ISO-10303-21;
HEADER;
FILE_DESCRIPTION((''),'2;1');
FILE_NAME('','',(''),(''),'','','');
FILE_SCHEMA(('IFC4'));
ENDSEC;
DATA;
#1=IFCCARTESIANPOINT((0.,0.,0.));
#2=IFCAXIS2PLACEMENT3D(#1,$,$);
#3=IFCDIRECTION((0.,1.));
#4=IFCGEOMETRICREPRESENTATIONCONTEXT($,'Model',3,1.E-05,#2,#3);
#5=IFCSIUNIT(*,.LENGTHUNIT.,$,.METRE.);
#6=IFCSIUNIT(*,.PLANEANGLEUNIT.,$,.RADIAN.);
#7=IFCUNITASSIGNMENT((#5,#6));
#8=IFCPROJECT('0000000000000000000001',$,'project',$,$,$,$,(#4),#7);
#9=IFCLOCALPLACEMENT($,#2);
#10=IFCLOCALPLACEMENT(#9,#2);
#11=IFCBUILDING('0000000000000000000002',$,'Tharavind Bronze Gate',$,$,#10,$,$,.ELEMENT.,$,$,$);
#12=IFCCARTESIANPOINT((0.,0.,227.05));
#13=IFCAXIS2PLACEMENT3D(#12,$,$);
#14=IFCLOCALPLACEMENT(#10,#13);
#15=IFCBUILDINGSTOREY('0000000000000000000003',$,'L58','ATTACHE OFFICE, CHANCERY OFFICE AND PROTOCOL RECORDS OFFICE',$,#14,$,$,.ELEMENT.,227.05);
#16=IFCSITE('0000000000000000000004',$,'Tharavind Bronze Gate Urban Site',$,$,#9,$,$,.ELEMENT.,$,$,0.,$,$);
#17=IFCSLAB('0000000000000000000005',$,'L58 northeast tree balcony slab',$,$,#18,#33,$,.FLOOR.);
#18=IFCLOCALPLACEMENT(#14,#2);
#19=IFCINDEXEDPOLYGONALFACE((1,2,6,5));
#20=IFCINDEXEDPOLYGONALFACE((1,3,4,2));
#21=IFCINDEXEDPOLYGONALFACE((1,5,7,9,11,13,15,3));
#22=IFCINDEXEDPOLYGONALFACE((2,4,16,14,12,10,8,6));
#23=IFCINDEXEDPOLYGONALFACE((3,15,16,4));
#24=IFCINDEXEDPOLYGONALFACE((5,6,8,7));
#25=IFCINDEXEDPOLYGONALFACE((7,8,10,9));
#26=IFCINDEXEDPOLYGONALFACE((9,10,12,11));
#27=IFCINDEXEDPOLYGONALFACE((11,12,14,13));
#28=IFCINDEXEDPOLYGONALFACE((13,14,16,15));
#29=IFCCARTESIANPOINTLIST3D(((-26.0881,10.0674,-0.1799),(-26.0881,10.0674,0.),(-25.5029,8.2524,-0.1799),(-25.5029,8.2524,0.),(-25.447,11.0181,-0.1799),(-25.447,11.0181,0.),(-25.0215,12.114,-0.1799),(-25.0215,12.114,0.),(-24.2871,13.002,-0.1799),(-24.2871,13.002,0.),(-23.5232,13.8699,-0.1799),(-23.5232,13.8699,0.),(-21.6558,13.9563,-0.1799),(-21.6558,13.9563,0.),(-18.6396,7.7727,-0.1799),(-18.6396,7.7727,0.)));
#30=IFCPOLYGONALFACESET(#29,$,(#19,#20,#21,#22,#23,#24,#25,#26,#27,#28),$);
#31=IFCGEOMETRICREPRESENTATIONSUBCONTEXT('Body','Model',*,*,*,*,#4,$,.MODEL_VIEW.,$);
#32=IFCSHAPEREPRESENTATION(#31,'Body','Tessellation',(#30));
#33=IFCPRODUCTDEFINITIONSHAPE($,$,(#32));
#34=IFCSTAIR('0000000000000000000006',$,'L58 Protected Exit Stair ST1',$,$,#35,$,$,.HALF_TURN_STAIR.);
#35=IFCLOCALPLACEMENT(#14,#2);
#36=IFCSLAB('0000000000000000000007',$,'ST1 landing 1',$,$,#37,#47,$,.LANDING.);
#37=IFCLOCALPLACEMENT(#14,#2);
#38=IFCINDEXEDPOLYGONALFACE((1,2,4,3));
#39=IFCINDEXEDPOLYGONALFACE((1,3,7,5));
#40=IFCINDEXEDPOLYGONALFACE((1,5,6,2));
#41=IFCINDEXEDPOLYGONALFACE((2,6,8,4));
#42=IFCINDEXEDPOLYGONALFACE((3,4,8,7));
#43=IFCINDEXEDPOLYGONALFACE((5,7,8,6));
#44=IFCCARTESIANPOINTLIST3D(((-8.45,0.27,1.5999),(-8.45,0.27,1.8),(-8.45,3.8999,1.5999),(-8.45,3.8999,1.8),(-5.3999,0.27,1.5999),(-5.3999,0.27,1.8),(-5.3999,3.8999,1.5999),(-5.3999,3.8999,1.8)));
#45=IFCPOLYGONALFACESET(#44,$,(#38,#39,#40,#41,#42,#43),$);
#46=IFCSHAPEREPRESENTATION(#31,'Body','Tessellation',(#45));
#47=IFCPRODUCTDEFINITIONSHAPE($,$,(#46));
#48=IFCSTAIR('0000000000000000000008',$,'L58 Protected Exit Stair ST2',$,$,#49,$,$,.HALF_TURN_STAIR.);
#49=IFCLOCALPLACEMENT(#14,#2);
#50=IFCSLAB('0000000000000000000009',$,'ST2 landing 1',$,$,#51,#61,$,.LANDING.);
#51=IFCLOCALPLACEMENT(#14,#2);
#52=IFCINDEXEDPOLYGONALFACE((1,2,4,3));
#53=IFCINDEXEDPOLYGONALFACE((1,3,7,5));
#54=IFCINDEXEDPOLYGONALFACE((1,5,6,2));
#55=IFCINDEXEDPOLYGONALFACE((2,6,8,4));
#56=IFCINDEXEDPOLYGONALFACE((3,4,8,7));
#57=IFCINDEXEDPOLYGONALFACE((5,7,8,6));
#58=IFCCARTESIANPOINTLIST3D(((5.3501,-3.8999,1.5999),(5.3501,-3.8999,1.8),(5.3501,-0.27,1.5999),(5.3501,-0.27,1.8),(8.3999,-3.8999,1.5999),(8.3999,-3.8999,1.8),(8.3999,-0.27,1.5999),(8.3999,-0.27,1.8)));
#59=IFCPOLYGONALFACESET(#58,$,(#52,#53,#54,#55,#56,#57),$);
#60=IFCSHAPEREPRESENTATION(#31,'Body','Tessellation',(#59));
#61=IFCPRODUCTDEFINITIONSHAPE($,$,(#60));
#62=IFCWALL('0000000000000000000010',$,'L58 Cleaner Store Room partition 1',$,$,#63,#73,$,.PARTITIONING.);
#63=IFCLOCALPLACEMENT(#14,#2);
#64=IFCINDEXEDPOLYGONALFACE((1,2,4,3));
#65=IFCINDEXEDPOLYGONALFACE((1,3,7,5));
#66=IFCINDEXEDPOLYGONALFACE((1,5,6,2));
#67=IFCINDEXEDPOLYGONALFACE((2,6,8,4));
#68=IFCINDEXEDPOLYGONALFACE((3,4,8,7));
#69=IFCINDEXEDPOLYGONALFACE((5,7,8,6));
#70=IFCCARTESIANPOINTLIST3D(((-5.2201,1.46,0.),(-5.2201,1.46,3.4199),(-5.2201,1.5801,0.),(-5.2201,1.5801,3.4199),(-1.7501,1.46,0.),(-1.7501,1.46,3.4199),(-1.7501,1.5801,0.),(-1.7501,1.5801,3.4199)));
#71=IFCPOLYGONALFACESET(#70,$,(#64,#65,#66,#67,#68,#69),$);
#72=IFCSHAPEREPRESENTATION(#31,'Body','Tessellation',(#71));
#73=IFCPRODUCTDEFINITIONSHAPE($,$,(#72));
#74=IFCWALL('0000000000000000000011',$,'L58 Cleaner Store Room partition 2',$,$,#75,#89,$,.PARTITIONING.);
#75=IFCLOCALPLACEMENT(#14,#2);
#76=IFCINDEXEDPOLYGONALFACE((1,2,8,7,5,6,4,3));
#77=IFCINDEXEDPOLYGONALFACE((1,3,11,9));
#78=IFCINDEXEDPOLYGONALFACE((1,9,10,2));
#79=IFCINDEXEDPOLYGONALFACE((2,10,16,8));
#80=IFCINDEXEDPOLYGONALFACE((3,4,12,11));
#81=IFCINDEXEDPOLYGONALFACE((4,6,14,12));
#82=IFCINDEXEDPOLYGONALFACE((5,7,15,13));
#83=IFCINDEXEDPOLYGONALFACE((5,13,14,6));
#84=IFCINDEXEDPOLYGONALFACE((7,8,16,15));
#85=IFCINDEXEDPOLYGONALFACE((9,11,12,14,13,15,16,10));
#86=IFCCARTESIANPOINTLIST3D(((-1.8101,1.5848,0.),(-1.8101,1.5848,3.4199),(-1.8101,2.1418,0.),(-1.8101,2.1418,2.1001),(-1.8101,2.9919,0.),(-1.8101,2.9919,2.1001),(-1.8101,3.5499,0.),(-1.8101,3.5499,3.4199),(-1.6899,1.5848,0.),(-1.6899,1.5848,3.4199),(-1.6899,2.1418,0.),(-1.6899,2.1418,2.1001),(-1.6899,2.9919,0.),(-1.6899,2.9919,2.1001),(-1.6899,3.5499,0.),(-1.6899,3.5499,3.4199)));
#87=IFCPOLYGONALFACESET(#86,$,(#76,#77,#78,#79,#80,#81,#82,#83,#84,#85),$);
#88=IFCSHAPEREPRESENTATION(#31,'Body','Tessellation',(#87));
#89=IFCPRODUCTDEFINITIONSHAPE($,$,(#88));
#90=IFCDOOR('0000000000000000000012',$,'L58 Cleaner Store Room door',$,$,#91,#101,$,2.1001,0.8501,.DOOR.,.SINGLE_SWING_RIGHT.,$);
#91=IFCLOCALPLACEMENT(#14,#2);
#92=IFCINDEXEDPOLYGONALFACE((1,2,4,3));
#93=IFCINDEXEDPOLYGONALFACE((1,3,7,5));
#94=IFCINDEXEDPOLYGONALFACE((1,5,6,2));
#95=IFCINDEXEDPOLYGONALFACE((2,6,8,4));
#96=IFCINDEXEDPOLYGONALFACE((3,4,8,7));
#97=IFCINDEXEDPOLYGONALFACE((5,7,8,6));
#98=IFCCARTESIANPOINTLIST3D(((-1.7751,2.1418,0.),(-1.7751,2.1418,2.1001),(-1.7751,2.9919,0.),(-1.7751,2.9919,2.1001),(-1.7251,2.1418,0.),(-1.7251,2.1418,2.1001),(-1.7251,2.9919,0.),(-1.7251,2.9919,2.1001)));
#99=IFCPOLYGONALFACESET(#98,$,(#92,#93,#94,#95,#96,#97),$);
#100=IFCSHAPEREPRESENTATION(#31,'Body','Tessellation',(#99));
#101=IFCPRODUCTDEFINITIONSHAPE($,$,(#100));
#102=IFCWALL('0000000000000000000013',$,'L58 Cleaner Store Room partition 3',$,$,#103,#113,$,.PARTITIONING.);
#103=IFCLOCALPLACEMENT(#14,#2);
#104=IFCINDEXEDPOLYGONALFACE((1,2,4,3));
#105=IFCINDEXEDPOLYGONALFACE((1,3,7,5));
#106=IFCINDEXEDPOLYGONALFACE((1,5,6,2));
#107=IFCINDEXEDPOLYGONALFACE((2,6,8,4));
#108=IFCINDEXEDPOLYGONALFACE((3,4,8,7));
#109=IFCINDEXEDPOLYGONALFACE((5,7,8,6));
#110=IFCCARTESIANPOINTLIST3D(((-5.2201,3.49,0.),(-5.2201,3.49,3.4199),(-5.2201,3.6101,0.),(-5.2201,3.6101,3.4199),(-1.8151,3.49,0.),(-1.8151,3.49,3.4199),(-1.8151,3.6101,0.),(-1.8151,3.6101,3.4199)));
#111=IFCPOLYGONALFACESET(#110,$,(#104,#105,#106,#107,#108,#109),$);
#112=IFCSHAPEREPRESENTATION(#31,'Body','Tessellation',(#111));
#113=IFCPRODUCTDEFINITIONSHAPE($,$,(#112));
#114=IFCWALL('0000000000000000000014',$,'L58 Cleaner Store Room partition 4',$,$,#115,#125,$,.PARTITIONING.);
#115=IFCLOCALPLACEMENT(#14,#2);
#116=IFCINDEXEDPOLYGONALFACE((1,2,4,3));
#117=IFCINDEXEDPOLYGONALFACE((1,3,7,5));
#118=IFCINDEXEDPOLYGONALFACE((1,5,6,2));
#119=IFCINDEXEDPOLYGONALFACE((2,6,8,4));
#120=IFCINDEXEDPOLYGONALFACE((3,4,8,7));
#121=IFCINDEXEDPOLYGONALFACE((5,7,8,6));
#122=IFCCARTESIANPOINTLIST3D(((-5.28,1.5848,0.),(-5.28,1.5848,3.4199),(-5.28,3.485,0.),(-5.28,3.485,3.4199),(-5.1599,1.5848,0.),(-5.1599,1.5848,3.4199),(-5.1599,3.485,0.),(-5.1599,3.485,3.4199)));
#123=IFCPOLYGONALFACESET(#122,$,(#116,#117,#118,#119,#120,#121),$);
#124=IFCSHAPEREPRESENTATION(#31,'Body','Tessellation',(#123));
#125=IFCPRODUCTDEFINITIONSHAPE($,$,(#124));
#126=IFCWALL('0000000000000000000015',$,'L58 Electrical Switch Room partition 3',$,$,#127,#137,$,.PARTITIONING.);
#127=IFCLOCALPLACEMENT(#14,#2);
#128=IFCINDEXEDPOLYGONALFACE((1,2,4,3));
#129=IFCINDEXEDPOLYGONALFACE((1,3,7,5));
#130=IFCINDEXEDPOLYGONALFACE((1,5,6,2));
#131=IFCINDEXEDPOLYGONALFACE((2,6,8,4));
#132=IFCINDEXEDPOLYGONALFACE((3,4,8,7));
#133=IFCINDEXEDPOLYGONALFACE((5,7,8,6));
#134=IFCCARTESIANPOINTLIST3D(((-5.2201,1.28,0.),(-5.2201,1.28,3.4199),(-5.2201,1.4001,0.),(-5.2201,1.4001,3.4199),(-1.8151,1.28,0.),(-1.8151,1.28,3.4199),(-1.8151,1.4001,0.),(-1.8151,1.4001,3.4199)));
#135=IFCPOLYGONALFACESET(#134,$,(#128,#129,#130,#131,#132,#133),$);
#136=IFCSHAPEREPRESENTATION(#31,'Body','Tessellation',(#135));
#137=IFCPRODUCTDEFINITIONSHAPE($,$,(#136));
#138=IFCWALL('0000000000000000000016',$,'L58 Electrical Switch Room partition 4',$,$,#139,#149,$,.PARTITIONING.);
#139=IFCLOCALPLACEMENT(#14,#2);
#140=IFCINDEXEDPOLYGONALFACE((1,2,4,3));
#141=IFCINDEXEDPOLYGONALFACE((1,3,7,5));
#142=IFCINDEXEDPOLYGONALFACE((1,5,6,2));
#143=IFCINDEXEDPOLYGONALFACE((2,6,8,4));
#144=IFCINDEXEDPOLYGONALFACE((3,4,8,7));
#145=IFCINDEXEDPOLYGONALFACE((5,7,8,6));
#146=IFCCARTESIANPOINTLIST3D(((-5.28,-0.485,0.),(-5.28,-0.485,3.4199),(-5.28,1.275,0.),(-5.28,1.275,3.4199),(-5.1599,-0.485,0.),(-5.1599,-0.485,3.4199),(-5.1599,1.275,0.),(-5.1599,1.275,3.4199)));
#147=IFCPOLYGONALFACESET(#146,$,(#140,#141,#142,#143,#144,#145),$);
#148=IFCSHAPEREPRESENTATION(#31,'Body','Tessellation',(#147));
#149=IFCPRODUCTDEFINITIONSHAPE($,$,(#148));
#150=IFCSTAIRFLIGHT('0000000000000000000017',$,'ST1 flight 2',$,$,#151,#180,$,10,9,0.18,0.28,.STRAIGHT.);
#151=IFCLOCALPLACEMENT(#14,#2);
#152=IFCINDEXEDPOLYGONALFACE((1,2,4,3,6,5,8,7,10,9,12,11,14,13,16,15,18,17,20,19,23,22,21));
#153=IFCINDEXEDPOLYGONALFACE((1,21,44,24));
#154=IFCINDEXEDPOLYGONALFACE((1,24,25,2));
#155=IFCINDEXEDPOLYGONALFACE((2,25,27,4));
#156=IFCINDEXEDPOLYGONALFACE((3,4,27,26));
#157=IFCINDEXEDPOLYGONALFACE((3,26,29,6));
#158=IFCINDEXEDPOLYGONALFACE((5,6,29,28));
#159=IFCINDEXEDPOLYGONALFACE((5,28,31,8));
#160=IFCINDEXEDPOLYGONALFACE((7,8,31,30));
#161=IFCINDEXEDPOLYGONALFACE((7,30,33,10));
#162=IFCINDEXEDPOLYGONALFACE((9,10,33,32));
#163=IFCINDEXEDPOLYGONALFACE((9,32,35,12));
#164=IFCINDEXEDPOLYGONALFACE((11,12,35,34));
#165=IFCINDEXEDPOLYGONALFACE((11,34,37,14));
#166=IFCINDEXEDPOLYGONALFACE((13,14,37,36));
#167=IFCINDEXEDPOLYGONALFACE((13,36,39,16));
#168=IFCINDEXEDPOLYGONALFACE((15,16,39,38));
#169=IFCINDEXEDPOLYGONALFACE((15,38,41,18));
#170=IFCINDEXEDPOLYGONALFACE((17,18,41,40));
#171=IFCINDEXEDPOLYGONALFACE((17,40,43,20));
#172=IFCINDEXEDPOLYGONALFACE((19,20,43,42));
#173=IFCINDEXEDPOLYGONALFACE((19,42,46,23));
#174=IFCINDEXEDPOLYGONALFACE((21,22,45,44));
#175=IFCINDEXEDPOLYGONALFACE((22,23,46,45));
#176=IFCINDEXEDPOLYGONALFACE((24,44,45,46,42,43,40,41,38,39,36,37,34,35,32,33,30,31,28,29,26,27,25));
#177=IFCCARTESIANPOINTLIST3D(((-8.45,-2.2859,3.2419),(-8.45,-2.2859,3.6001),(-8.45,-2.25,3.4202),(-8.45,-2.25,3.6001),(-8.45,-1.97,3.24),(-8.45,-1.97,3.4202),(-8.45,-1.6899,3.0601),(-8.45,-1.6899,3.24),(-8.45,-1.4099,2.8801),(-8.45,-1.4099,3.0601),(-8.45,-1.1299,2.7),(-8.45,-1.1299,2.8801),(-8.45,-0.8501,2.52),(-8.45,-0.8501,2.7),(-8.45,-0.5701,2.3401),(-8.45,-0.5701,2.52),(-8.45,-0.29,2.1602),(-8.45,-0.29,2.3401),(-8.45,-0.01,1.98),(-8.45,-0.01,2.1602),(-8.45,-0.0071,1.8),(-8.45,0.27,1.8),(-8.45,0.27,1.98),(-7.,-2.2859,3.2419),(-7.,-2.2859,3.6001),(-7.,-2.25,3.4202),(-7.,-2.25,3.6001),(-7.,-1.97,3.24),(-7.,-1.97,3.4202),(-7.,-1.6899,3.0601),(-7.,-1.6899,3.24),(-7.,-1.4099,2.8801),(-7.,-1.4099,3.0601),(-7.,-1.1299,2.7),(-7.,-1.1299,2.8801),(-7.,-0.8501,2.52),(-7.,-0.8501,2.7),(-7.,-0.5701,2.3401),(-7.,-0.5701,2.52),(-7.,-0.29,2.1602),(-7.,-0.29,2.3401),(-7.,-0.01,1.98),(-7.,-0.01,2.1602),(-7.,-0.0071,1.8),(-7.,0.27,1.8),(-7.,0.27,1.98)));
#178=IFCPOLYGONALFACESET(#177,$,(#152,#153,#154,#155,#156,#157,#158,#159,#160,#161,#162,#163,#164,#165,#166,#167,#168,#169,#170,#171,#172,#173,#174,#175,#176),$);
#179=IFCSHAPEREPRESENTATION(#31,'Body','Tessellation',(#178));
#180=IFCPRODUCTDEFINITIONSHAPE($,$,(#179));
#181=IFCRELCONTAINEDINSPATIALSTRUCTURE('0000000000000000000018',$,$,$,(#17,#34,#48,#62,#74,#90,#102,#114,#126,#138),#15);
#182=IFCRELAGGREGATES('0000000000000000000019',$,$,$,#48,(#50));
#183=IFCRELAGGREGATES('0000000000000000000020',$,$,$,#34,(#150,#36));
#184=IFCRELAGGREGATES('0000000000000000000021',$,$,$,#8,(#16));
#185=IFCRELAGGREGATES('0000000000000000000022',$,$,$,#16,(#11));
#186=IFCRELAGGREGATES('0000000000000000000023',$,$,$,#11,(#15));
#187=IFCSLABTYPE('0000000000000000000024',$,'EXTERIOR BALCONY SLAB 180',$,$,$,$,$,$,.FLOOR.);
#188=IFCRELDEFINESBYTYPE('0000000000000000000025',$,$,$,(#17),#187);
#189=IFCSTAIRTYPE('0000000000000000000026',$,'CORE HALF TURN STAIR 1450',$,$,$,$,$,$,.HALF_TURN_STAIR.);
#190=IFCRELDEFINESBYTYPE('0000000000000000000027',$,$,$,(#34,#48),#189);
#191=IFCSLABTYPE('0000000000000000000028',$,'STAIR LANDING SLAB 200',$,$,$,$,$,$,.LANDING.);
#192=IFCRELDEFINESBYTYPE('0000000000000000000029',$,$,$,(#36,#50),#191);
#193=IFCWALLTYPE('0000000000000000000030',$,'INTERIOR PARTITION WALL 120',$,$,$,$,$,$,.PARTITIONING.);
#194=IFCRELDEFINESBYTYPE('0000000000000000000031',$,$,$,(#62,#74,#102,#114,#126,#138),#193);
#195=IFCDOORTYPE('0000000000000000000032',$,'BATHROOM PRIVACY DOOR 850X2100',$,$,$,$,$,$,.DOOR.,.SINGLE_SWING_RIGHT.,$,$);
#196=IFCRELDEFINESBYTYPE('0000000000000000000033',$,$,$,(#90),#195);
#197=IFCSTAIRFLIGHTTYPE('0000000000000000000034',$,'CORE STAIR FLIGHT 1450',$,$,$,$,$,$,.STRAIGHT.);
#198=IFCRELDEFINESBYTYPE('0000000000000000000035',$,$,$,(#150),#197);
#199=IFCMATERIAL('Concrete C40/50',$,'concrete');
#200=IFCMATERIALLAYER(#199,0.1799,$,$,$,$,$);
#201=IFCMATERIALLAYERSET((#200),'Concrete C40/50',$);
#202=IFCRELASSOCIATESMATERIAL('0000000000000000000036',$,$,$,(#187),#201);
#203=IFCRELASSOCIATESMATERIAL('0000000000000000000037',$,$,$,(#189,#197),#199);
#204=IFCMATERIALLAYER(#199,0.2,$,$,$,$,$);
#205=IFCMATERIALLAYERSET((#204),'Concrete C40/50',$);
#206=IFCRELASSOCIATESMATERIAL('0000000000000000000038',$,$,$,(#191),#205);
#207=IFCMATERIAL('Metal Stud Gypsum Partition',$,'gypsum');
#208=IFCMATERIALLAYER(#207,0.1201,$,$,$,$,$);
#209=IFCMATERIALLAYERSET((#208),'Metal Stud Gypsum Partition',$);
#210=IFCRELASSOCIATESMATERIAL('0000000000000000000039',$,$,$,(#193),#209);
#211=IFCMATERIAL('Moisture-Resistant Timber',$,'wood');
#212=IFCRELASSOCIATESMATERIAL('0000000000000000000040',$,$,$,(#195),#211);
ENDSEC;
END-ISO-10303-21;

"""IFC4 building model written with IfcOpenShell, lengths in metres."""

from ifc_helpers import new_model, si_unit, direction, frame, frame_2d, origin, place, context, subcontext, project, spatial, polyline, rectangle, outline, extrude, material, layer, layer_set, type_object, element, fill, aggregate, save


model = new_model("IFC4")

# Units and contexts
model_context = context("Model", 3, precision=1e-05, world=origin(), true_north=direction((0.0, 1.0)))
body_context = subcontext(model_context, "Body", "Model", "MODEL_VIEW")
ifc_project = project(units=[si_unit("LENGTHUNIT", "METRE"), si_unit("PLANEANGLEUNIT", "RADIAN")], contexts=[model_context])

# Site, building, storey
site_placement = place(None, origin())
site = spatial("IfcSite", under=ifc_project, at=site_placement, Name="Tharavind Bronze Gate Urban Site", CompositionType="ELEMENT", RefElevation=0.0)
building_placement = place(site_placement, origin())
building = spatial("IfcBuilding", under=site, at=building_placement, Name="Tharavind Bronze Gate", CompositionType="ELEMENT")
storey_placement = place(building_placement, frame((0.0, 0.0, 227.05)))
storey = spatial("IfcBuildingStorey", under=building, at=storey_placement, Name="L58", Description="ATTACHE OFFICE, CHANCERY OFFICE AND PROTOCOL RECORDS OFFICE", CompositionType="ELEMENT", Elevation=227.05)

# Slab
ifc_material_1 = material(Name="Concrete C40/50", Category="concrete")
ifc_layer_1 = layer(ifc_material_1, 0.1799)
ifc_layer_set_1 = layer_set([ifc_layer_1], Name="Concrete C40/50")
slab_type_1 = type_object("IfcSlabType", Name="EXTERIOR BALCONY SLAB 180", PredefinedType="FLOOR", material=ifc_layer_set_1)
slab_1_placement = place(storey_placement, frame((0.0, 0.0, -0.1799)))
element("IfcSlab", 1, at=slab_1_placement, inside=storey, type_object=slab_type_1, Name="L58 northeast tree balcony slab", PredefinedType="FLOOR", context=body_context, shape_type="SweptSolid", body=[
    extrude(outline(polyline([(-23.5232, 13.8699), (-24.2871, 13.002), (-25.0215, 12.114), (-25.447, 11.0181), (-26.0881, 10.0674), (-25.5029, 8.2524), (-18.6396, 7.7727), (-21.6558, 13.9563), (-23.5232, 13.8699)])), origin(), (0.0, 0.0, 1.0), 0.1799),
])

# Stairs, slabs
stair_type = type_object("IfcStairType", Name="CORE HALF TURN STAIR 1450", PredefinedType="HALF_TURN_STAIR", material=ifc_material_1)
stair_1_placement = place(storey_placement, origin())
stair_1 = element("IfcStair", 2, at=stair_1_placement, inside=storey, type_object=stair_type, Name="L58 Protected Exit Stair ST1", PredefinedType="HALF_TURN_STAIR")
ifc_layer_2 = layer(ifc_material_1, 0.2)
ifc_layer_set_2 = layer_set([ifc_layer_2], Name="Concrete C40/50")
slab_type_2 = type_object("IfcSlabType", Name="STAIR LANDING SLAB 200", PredefinedType="LANDING", material=ifc_layer_set_2)
slab_2_placement = place(storey_placement, frame((0.0, 0.0, 1.5999)))
slab_2 = element("IfcSlab", 3, at=slab_2_placement, type_object=slab_type_2, Name="ST1 landing 1", PredefinedType="LANDING", context=body_context, shape_type="SweptSolid", body=[
    extrude(outline(polyline([(-5.3999, 0.27), (-5.3999, 3.8999), (-8.45, 3.8999), (-8.45, 0.27), (-5.3999, 0.27)])), origin(), (0.0, 0.0, 1.0), 0.2002),
])
stair_2_placement = place(storey_placement, origin())
stair_2 = element("IfcStair", 4, at=stair_2_placement, inside=storey, type_object=stair_type, Name="L58 Protected Exit Stair ST2", PredefinedType="HALF_TURN_STAIR")
slab_3_placement = place(storey_placement, frame((0.0, 0.0, 1.5999)))
slab_3 = element("IfcSlab", 5, at=slab_3_placement, type_object=slab_type_2, Name="ST2 landing 1", PredefinedType="LANDING", context=body_context, shape_type="SweptSolid", body=[
    extrude(outline(polyline([(5.3501, -0.27), (5.3501, -3.8999), (8.3999, -3.8999), (8.3999, -0.27), (5.3501, -0.27)])), origin(), (0.0, 0.0, 1.0), 0.2002),
])
aggregate(stair_2, [slab_3])

# Wall
ifc_material_2 = material(Name="Metal Stud Gypsum Partition", Category="gypsum")
ifc_layer_3 = layer(ifc_material_2, 0.1201)
ifc_layer_set_3 = layer_set([ifc_layer_3], Name="Metal Stud Gypsum Partition")
wall_type = type_object("IfcWallType", Name="INTERIOR PARTITION WALL 120", PredefinedType="PARTITIONING", material=ifc_layer_set_3)
wall_1_placement = place(storey_placement, frame((-5.22, 1.52, 0.0), z_axis=(0.0, 0.0, 1.0), x_axis=(1.0, 0.0, 0.0)))
element("IfcWall", 6, at=wall_1_placement, inside=storey, type_object=wall_type, Name="L58 Cleaner Store Room partition 1", PredefinedType="PARTITIONING", context=body_context, shape_type="SweptSolid", body=[
    extrude(rectangle(XDim=3.47, YDim=0.1201, at=frame_2d((1.7349, 0.0))), origin(), (0.0, 0.0, 1.0), 3.4199),
])

# Wall, opening, door
wall_2_placement = place(storey_placement, frame((-1.75, 1.585, 0.0), z_axis=(0.0, 0.0, 1.0), x_axis=(0.0, 1.0, 0.0)))
wall_2 = element("IfcWall", 7, at=wall_2_placement, inside=storey, type_object=wall_type, Name="L58 Cleaner Store Room partition 2", PredefinedType="PARTITIONING", context=body_context, shape_type="SweptSolid", body=[
    extrude(rectangle(XDim=1.9651, YDim=0.1201, at=frame_2d((0.9824, 0.0))), origin(), (0.0, 0.0, 1.0), 3.4199),
])
opening_placement = place(wall_2_placement, frame((0.5569, 0.0, 0.0)))
opening = element("IfcOpeningElement", 8, at=opening_placement, cuts=wall_2, PredefinedType="OPENING", context=body_context, shape_type="SweptSolid", body=[
    extrude(rectangle(XDim=0.8501, YDim=2.1001, at=frame_2d((0.425, 1.05))), frame((0.0, 0.0701, 0.0), z_axis=(0.0, -1.0, 0.0), x_axis=(1.0, 0.0, 0.0)), (0.0, 0.0, 1.0), 0.1401),
])
ifc_material_3 = material(Name="Moisture-Resistant Timber", Category="wood")
door_type = type_object("IfcDoorType", Name="BATHROOM PRIVACY DOOR 850X2100", OperationType="SINGLE_SWING_RIGHT", PredefinedType="DOOR", material=ifc_material_3)
door_placement = place(opening_placement, frame((0.8501, 0.0, 0.0), z_axis=(0.0, 0.0, 1.0), x_axis=(-1.0, 0.0, 0.0)))
door = element("IfcDoor", 9, at=door_placement, inside=storey, type_object=door_type, Name="L58 Cleaner Store Room door", OperationType="SINGLE_SWING_RIGHT", OverallHeight=2.1001, OverallWidth=0.8501, PredefinedType="DOOR", context=body_context, shape_type="SweptSolid", body=[
    extrude(rectangle(XDim=0.8501, YDim=2.1001, at=frame_2d((0.425, 1.05))), frame((0.0, 0.0249, 0.0), z_axis=(0.0, -1.0, 0.0), x_axis=(1.0, 0.0, 0.0)), (0.0, 0.0, 1.0), 0.05),
])
fill(opening, door)

# Walls
wall_3_placement = place(storey_placement, frame((-1.8149, 3.55, 0.0), z_axis=(0.0, 0.0, 1.0), x_axis=(-1.0, 0.0, 0.0)))
element("IfcWall", 10, at=wall_3_placement, inside=storey, type_object=wall_type, Name="L58 Cleaner Store Room partition 3", PredefinedType="PARTITIONING", context=body_context, shape_type="SweptSolid", body=[
    extrude(rectangle(XDim=3.405, YDim=0.1201, at=frame_2d((1.7026, 0.0))), origin(), (0.0, 0.0, 1.0), 3.4199),
])
wall_4_placement = place(storey_placement, frame((-5.22, 3.4851, 0.0), z_axis=(0.0, 0.0, 1.0), x_axis=(0.0, -1.0, 0.0)))
element("IfcWall", 11, at=wall_4_placement, inside=storey, type_object=wall_type, Name="L58 Cleaner Store Room partition 4", PredefinedType="PARTITIONING", context=body_context, shape_type="SweptSolid", body=[
    extrude(rectangle(XDim=1.9001, YDim=0.1201, at=frame_2d((0.9502, 0.0))), origin(), (0.0, 0.0, 1.0), 3.4199),
])
wall_5_placement = place(storey_placement, frame((-1.8149, 1.3401, 0.0), z_axis=(0.0, 0.0, 1.0), x_axis=(-1.0, 0.0, 0.0)))
element("IfcWall", 12, at=wall_5_placement, inside=storey, type_object=wall_type, Name="L58 Electrical Switch Room partition 3", PredefinedType="PARTITIONING", context=body_context, shape_type="SweptSolid", body=[
    extrude(rectangle(XDim=3.405, YDim=0.1201, at=frame_2d((1.7026, 0.0))), origin(), (0.0, 0.0, 1.0), 3.4199),
])
wall_6_placement = place(storey_placement, frame((-5.22, 1.2749, 0.0), z_axis=(0.0, 0.0, 1.0), x_axis=(0.0, -1.0, 0.0)))
element("IfcWall", 13, at=wall_6_placement, inside=storey, type_object=wall_type, Name="L58 Electrical Switch Room partition 4", PredefinedType="PARTITIONING", context=body_context, shape_type="SweptSolid", body=[
    extrude(rectangle(XDim=1.76, YDim=0.1201, at=frame_2d((0.8799, 0.0))), origin(), (0.0, 0.0, 1.0), 3.4199),
])

# Stair flight
stair_flight_type = type_object("IfcStairFlightType", Name="CORE STAIR FLIGHT 1450", PredefinedType="STRAIGHT", material=ifc_material_1)
stair_flight_placement = place(storey_placement, frame((-7.7251, 0.27, 1.8), z_axis=(0.0, 0.0, 1.0), x_axis=(0.0, -1.0, 0.0)))
stair_flight = element("IfcStairFlight", 14, at=stair_flight_placement, type_object=stair_flight_type, Name="ST1 flight 2", NumberOfRisers=10, NumberOfTreads=9, PredefinedType="STRAIGHT", RiserHeight=0.18, TreadLength=0.28, context=body_context, shape_type="SweptSolid", body=[
    extrude(outline(polyline([(0.0, 0.0), (0.0, 0.1799), (0.28, 0.1799), (0.28, 0.3601), (0.5601, 0.3601), (0.5601, 0.54), (0.8401, 0.54), (0.8401, 0.72), (1.1201, 0.72), (1.1201, 0.8999), (1.3999, 0.8999), (1.3999, 1.0801), (1.6799, 1.0801), (1.6799, 1.26), (1.96, 1.26), (1.96, 1.4399), (2.24, 1.4399), (2.24, 1.6201), (2.52, 1.6201), (2.52, 1.8), (2.5559, 1.8), (2.5559, 1.4419), (0.2771, 0.0), (0.0, 0.0)])), frame((0.0, 0.7251, 0.0), z_axis=(0.0, -1.0, 0.0), x_axis=(1.0, 0.0, 0.0)), (0.0, 0.0, 1.0), 1.45),
])
aggregate(stair_1, [stair_flight, slab_2])

save(model, "model.ifc")
